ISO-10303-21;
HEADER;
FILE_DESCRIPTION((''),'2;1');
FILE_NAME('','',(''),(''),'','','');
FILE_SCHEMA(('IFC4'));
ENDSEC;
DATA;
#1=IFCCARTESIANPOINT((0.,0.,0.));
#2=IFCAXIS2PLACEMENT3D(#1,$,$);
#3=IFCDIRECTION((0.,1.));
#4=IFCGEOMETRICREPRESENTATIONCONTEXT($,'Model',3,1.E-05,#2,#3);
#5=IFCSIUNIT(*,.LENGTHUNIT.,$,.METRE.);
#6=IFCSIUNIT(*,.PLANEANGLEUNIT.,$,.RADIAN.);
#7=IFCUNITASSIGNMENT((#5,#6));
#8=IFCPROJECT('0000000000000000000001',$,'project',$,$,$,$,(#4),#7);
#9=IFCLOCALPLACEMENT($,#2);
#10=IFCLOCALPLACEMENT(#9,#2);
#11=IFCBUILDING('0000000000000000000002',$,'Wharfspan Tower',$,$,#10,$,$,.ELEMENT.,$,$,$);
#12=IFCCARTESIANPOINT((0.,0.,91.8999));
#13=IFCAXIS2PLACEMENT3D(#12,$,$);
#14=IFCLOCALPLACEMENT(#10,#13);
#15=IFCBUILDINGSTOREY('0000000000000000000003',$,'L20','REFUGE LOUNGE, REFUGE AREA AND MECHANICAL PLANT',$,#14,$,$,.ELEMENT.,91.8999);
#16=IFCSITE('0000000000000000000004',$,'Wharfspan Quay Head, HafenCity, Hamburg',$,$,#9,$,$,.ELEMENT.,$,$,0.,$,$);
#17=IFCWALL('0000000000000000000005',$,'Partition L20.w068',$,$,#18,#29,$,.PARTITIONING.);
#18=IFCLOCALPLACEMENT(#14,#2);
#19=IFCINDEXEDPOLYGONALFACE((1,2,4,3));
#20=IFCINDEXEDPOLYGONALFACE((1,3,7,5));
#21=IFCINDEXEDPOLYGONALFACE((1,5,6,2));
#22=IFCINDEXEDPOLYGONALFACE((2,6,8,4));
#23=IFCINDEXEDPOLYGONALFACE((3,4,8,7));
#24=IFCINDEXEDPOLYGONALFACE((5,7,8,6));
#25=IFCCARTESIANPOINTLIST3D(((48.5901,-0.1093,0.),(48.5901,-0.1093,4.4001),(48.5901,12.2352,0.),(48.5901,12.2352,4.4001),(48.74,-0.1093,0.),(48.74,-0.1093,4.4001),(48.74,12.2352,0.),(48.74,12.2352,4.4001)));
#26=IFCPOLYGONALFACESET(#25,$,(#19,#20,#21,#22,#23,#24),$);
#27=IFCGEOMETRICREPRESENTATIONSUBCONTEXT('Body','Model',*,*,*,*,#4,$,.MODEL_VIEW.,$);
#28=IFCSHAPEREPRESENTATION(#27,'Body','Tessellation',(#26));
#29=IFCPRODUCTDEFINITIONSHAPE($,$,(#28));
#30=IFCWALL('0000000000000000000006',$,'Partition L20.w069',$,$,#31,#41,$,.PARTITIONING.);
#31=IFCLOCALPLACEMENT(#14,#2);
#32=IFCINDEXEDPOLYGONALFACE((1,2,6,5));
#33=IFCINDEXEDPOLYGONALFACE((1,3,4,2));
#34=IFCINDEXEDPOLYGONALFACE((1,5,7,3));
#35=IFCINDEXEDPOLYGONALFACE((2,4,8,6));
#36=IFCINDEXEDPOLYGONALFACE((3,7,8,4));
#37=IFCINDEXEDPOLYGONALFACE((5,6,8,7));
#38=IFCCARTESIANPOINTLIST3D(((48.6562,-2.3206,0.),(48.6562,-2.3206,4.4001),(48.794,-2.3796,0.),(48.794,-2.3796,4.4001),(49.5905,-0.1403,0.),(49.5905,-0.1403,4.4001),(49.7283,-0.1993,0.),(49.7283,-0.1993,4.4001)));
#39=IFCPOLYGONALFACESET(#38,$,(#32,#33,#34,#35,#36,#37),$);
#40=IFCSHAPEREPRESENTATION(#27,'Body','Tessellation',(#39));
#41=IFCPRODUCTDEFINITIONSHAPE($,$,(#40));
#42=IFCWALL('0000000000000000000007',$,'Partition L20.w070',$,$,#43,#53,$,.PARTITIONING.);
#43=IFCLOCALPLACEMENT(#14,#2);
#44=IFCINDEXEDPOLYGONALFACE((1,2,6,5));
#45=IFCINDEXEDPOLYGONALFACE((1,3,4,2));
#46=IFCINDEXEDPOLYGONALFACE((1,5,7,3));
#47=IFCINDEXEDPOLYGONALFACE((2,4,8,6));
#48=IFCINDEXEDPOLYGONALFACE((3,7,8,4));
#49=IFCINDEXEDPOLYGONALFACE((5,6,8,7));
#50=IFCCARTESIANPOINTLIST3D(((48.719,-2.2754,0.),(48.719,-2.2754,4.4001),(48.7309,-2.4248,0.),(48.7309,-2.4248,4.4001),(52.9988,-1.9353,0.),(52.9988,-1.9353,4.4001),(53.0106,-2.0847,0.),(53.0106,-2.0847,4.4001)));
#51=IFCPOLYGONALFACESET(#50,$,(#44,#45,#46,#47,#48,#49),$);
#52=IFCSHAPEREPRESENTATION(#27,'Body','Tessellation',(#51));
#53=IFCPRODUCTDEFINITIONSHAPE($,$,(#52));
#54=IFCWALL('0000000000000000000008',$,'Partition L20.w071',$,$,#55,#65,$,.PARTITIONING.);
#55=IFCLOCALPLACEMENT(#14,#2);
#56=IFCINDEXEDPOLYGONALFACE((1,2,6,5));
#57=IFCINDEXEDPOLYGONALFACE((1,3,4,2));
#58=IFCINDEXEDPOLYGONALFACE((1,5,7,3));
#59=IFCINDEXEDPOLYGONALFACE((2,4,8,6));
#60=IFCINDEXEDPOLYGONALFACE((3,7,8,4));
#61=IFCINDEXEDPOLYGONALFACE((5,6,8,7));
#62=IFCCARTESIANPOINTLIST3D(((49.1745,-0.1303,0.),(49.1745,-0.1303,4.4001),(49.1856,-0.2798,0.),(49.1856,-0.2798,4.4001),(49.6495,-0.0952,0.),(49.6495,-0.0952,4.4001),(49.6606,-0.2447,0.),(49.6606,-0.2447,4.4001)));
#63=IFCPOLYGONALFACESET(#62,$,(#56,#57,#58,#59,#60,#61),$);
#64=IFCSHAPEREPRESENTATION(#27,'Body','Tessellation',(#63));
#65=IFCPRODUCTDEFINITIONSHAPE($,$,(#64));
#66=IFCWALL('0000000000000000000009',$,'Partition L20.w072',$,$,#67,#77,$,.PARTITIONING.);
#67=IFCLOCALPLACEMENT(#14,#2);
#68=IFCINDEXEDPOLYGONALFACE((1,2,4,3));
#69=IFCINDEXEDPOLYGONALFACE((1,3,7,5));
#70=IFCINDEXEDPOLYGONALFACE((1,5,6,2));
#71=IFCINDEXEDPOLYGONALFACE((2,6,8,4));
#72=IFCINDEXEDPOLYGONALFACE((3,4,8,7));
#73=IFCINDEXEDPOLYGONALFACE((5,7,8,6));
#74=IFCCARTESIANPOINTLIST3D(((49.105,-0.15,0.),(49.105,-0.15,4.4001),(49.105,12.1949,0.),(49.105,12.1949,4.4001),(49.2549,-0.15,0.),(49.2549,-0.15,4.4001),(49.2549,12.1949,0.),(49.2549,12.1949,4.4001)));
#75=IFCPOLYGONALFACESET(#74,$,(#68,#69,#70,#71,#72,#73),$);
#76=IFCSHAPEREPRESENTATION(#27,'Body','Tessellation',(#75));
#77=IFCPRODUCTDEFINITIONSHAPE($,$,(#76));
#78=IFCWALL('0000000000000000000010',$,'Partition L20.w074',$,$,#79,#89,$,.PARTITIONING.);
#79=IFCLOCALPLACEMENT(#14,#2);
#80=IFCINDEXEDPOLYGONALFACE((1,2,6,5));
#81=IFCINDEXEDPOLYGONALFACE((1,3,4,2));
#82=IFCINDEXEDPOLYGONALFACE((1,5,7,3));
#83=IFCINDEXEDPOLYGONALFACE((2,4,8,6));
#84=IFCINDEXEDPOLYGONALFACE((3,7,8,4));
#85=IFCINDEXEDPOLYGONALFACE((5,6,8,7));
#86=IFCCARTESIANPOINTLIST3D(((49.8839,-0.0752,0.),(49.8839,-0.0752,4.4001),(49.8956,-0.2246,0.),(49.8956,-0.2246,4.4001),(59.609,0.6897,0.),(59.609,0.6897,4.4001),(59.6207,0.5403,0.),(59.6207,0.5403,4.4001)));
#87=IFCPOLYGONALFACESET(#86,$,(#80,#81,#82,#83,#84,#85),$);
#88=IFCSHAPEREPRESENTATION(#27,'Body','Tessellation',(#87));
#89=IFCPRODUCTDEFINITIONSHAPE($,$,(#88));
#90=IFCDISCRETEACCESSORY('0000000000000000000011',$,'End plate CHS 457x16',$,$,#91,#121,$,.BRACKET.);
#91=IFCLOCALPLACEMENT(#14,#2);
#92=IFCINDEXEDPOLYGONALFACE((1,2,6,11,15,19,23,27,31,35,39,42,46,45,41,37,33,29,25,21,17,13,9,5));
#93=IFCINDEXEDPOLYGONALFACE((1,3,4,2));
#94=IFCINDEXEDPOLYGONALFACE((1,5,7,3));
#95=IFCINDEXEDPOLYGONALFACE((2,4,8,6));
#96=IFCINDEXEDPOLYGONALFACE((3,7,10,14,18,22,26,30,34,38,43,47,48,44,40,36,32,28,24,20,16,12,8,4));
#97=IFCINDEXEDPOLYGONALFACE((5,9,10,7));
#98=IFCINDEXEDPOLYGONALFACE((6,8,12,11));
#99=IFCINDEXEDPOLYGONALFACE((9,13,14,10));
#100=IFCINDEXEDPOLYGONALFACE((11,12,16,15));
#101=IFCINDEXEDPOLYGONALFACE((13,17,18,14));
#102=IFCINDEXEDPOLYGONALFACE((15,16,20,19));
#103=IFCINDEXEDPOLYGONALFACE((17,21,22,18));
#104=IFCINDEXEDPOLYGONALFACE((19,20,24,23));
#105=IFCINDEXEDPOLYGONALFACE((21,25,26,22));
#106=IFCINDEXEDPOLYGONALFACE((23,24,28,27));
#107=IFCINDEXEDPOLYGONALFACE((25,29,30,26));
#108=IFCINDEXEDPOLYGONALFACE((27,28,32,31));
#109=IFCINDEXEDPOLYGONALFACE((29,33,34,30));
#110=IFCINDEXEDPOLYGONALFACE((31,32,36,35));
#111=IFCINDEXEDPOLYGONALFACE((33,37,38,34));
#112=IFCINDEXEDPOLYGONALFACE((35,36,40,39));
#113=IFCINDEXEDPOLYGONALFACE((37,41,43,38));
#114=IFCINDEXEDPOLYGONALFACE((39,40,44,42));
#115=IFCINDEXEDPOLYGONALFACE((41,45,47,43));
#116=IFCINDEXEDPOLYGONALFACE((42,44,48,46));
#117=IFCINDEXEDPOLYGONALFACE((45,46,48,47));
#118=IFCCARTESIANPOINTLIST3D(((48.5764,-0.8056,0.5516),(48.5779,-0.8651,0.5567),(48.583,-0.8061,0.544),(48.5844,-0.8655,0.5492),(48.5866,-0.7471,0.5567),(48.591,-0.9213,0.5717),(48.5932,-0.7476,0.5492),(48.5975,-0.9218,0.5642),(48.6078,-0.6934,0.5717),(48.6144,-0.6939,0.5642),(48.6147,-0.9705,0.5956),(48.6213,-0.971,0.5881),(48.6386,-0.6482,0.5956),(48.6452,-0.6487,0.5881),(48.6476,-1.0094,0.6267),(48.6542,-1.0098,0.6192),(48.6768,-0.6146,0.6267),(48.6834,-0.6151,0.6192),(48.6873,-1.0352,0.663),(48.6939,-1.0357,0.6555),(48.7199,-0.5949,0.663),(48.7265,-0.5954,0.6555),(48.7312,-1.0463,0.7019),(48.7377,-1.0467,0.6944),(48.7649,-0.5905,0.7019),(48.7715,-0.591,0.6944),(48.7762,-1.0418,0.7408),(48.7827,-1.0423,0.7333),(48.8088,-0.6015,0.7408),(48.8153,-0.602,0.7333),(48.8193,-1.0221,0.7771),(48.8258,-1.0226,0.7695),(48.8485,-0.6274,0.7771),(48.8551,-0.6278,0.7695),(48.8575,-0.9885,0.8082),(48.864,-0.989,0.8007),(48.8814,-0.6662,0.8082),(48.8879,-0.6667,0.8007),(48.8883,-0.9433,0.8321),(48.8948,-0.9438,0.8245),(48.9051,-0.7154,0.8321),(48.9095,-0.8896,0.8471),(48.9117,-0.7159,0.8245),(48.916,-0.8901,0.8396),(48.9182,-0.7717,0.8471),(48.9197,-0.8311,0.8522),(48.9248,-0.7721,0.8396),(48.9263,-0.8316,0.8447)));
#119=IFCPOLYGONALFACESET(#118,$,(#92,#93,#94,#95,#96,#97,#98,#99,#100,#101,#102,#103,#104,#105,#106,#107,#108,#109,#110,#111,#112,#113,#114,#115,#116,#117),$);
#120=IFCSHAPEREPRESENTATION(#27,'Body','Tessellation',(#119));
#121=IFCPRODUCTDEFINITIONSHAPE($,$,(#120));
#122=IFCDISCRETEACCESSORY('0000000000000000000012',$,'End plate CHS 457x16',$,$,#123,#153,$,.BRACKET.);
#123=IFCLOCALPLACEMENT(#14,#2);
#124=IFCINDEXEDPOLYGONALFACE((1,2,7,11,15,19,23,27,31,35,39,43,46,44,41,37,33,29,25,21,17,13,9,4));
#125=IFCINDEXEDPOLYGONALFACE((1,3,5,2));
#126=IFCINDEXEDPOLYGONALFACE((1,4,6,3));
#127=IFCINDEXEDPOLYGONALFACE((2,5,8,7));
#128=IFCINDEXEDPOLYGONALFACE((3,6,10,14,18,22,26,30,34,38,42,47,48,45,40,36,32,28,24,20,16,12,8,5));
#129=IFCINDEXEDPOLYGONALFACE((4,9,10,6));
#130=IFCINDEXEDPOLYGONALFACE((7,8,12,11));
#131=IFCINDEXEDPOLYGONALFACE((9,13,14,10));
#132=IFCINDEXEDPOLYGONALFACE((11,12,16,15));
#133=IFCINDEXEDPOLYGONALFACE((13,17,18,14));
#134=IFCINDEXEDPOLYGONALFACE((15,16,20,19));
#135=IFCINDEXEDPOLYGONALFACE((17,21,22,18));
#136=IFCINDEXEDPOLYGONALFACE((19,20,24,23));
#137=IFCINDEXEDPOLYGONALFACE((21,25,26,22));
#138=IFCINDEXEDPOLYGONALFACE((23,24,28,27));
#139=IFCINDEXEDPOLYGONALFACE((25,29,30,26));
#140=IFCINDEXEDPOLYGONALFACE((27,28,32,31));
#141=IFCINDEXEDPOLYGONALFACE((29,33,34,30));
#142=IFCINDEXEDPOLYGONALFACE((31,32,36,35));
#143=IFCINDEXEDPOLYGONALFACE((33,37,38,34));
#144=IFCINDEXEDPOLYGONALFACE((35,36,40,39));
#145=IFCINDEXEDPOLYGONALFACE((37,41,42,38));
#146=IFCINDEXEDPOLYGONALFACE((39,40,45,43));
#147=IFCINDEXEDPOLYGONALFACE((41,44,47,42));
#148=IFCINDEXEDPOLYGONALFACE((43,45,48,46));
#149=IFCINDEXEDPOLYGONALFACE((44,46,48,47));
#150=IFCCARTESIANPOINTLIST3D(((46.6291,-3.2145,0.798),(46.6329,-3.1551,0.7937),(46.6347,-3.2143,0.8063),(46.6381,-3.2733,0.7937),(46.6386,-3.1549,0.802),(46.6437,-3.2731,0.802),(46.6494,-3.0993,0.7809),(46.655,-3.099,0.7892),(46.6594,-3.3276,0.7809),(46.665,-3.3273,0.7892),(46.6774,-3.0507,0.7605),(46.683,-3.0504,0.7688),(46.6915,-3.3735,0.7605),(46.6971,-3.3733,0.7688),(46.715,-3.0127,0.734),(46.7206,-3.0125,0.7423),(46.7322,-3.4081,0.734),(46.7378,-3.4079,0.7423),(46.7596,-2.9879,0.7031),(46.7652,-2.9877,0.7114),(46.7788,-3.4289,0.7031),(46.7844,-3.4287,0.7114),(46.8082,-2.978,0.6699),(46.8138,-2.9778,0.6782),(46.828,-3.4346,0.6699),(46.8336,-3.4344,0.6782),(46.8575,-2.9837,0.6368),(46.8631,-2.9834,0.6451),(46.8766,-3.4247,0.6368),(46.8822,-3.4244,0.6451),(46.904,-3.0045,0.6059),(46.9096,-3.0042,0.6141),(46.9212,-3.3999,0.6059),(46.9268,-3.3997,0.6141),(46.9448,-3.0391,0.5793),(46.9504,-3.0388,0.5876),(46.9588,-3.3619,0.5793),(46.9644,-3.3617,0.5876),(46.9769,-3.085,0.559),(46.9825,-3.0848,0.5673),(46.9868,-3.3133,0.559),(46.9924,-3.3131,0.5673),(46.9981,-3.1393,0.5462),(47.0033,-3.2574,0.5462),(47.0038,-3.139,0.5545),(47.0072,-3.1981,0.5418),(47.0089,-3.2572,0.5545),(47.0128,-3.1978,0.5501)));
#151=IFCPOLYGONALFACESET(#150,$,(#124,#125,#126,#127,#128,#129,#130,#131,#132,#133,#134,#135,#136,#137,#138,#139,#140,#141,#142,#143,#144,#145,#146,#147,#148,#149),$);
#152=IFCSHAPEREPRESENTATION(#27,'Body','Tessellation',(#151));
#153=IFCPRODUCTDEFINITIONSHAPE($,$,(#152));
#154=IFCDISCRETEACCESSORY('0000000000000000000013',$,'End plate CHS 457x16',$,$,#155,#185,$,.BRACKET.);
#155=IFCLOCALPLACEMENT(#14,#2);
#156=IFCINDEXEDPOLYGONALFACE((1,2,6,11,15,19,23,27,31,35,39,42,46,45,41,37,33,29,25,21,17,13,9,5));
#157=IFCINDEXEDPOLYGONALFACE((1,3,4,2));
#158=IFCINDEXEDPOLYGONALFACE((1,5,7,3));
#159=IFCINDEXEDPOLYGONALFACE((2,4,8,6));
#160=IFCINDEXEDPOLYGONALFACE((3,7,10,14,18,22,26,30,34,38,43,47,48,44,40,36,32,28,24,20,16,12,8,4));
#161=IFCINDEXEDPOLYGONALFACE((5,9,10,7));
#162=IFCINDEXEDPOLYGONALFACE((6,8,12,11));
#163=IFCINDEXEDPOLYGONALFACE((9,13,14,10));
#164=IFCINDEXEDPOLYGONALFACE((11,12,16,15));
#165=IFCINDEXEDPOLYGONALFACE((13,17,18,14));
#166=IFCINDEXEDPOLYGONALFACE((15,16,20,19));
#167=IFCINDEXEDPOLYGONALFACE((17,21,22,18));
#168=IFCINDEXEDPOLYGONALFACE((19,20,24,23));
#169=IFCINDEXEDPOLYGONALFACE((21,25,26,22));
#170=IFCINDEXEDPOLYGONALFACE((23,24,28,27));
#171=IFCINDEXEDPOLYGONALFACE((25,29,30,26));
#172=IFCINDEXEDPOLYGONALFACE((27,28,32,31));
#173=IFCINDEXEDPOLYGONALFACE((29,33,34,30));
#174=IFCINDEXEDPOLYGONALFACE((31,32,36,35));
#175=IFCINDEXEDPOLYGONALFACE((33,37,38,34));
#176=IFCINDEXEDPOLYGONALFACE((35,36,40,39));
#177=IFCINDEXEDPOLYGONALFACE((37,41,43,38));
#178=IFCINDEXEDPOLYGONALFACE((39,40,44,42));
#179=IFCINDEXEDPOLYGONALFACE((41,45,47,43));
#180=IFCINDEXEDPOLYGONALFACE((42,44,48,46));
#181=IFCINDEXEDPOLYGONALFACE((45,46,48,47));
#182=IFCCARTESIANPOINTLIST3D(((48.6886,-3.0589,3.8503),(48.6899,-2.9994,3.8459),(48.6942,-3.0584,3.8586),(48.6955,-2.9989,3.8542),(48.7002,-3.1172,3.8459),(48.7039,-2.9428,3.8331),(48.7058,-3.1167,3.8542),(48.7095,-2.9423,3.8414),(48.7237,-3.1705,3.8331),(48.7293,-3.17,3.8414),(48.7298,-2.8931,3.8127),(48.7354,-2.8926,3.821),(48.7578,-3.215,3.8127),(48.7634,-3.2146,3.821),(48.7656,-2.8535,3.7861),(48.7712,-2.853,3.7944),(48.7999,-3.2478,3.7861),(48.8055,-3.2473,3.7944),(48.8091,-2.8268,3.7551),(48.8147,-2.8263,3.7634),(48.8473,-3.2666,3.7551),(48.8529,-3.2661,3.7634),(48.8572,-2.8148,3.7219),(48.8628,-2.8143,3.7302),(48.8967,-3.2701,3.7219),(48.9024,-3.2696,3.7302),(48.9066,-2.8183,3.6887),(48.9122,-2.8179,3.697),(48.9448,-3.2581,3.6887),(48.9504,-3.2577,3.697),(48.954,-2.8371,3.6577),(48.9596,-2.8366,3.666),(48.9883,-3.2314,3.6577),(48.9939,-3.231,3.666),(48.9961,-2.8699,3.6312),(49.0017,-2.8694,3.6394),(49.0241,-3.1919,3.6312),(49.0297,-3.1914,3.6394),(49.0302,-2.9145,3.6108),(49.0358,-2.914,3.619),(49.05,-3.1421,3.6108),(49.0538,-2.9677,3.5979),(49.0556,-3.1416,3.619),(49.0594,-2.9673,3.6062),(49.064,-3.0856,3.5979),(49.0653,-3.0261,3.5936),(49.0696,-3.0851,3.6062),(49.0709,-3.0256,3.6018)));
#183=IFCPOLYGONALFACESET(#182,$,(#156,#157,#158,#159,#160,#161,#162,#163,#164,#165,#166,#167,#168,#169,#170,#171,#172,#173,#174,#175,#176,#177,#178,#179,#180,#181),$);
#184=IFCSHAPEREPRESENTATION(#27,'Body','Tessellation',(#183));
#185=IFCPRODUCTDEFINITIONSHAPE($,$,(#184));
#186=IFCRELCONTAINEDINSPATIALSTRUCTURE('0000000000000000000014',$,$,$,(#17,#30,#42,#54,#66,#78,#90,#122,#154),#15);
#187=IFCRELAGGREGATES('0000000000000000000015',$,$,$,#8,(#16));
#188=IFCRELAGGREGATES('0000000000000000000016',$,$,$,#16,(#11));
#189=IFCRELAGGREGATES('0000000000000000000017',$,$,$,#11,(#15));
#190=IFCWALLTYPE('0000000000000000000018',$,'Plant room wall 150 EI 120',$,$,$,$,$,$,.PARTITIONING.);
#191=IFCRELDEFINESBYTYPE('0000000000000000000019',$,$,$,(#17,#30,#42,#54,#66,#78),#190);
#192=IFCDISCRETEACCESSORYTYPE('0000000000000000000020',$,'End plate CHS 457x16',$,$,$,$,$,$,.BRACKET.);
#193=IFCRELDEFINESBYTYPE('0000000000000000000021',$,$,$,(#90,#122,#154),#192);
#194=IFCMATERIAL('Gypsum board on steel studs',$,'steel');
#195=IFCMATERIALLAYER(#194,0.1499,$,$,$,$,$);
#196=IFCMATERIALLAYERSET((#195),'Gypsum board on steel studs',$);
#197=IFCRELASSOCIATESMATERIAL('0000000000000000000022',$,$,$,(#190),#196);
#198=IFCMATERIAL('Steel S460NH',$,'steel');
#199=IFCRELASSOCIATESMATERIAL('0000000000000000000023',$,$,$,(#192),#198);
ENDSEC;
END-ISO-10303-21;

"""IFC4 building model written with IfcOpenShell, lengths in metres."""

from ifc_helpers import new_model, si_unit, direction, frame, frame_2d, origin, origin_2d, place, context, subcontext, project, spatial, rectangle, circle, extrude, material, layer, layer_set, material_profile, profile_set, type_object, element, save


model = new_model("IFC4")

# Units and contexts
model_context = context("Model", 3, precision=1e-05, world=origin(), true_north=direction((0.0, 1.0)))
body_context = subcontext(model_context, "Body", "Model", "MODEL_VIEW")
ifc_project = project(units=[si_unit("LENGTHUNIT", "METRE"), si_unit("PLANEANGLEUNIT", "RADIAN")], contexts=[model_context])

# Site, building, storey
site_placement = place(None, origin())
site = spatial("IfcSite", under=ifc_project, at=site_placement, Name="Wharfspan Quay Head, HafenCity, Hamburg", CompositionType="ELEMENT", RefElevation=0.0)
building_placement = place(site_placement, origin())
building = spatial("IfcBuilding", under=site, at=building_placement, Name="Wharfspan Tower", CompositionType="ELEMENT")
storey_placement = place(building_placement, frame((0.0, 0.0, 91.8999)))
storey = spatial("IfcBuildingStorey", under=building, at=storey_placement, Name="L20", Description="REFUGE LOUNGE, REFUGE AREA AND MECHANICAL PLANT", CompositionType="ELEMENT", Elevation=91.8999)

# Shared definitions
ifc_material_1 = material(Name="Steel S460NH", Category="steel")

# Walls
ifc_material_2 = material(Name="Gypsum board on steel studs", Category="steel")
ifc_layer_1 = layer(ifc_material_2, 0.1499)
ifc_layer_set_1 = layer_set([ifc_layer_1], Name="Gypsum board on steel studs")
wall_type_1 = type_object("IfcWallType", Name="Plant room wall 150 EI 120", PredefinedType="PARTITIONING", material=ifc_layer_set_1)
wall_1_placement = place(storey_placement, frame((48.665, -0.1094, 0.0), z_axis=(0.0, 0.0, 1.0), x_axis=(0.0, 1.0, 0.0)))
element("IfcWall", 1, at=wall_1_placement, inside=storey, type_object=wall_type_1, Name="Partition L20.w068", PredefinedType="PARTITIONING", context=body_context, shape_type="SweptSolid", body=[
    extrude(rectangle(XDim=12.3445, YDim=0.1499, at=frame_2d((6.1724, 0.0))), origin(), (0.0, 0.0, 1.0), 4.4001),
])
wall_2_placement = place(storey_placement, frame((48.7251, -2.3501, 0.0), z_axis=(0.0, 0.0, 1.0), x_axis=(0.393869, 0.919165, 0.0)))
element("IfcWall", 2, at=wall_2_placement, inside=storey, type_object=wall_type_1, Name="Partition L20.w069", PredefinedType="PARTITIONING", context=body_context, shape_type="SweptSolid", body=[
    extrude(rectangle(XDim=2.3721, YDim=0.1499, at=frame_2d((1.186, 0.0))), origin(), (0.0, 0.0, 1.0), 4.4001),
])
wall_3_placement = place(storey_placement, frame((48.7251, -2.3501, 0.0), z_axis=(0.0, 0.0, 1.0), x_axis=(0.996857, 0.079214, 0.0)))
element("IfcWall", 3, at=wall_3_placement, inside=storey, type_object=wall_type_1, Name="Partition L20.w070", PredefinedType="PARTITIONING", context=body_context, shape_type="SweptSolid", body=[
    extrude(rectangle(XDim=4.2932, YDim=0.1499, at=frame_2d((2.1465, 0.0))), origin(), (0.0, 0.0, 1.0), 4.4001),
])
wall_4_placement = place(storey_placement, frame((49.1799, -0.2051, 0.0), z_axis=(0.0, 0.0, 1.0), x_axis=(0.997271, 0.073796, 0.0)))
element("IfcWall", 4, at=wall_4_placement, inside=storey, type_object=wall_type_1, Name="Partition L20.w071", PredefinedType="PARTITIONING", context=body_context, shape_type="SweptSolid", body=[
    extrude(rectangle(XDim=0.4763, YDim=0.1499, at=frame_2d((0.2383, 0.0))), origin(), (0.0, 0.0, 1.0), 4.4001),
])
wall_5_placement = place(storey_placement, frame((49.1799, -0.1499, 0.0), z_axis=(0.0, 0.0, 1.0), x_axis=(0.0, 1.0, 0.0)))
element("IfcWall", 5, at=wall_5_placement, inside=storey, type_object=wall_type_1, Name="Partition L20.w072", PredefinedType="PARTITIONING", context=body_context, shape_type="SweptSolid", body=[
    extrude(rectangle(XDim=12.345, YDim=0.1499, at=frame_2d((6.1724, 0.0))), origin(), (0.0, 0.0, 1.0), 4.4001),
])
wall_6_placement = place(storey_placement, frame((49.8899, -0.1499, 0.0), z_axis=(0.0, 0.0, 1.0), x_axis=(0.996918, 0.078409, 0.0)))
element("IfcWall", 6, at=wall_6_placement, inside=storey, type_object=wall_type_1, Name="Partition L20.w074", PredefinedType="PARTITIONING", context=body_context, shape_type="SweptSolid", body=[
    extrude(rectangle(XDim=9.7551, YDim=0.1499, at=frame_2d((4.8774, 0.0))), origin(), (0.0, 0.0, 1.0), 4.4001),
])

# Discrete accessories
ifc_material_profile_1 = material_profile(ifc_material_1, circle(Radius=0.2285, at=origin_2d()))
ifc_profile_set_1 = profile_set([ifc_material_profile_1], Name="Steel S460NH")
discrete_accessory_type_1 = type_object("IfcDiscreteAccessoryType", Name="End plate CHS 457x16", PredefinedType="BRACKET", material=ifc_profile_set_1)
for number, where, z_axis, x_axis, name in (
    (7, (48.748, -0.8184, 0.7019), (0.656005, -0.048593, -0.753191), (0.073872, 0.997271, 0.0), "End plate CHS 457x16"),
    (8, (46.8181, -3.2063, 0.6699), (0.560143, 0.024354, 0.828038), (-0.043437, 0.999053, 0.0), "End plate CHS 457x16"),
    (9, (48.877, -3.0425, 3.7219), (0.559645, 0.048665, 0.827302), (-0.086627, 0.99624, -0.000002), "End plate CHS 457x16"),
):
    element("IfcDiscreteAccessory", number, at=place(storey_placement, frame(where, z_axis=z_axis, x_axis=x_axis)), inside=storey, type_object=discrete_accessory_type_1, Name=name, PredefinedType="BRACKET", context=body_context, shape_type="SweptSolid", body=[
        extrude(circle(Radius=0.2285, at=origin_2d()), origin(), (0.0, 0.0, 1.0), 0.01),
    ])

save(model, "model.ifc")
